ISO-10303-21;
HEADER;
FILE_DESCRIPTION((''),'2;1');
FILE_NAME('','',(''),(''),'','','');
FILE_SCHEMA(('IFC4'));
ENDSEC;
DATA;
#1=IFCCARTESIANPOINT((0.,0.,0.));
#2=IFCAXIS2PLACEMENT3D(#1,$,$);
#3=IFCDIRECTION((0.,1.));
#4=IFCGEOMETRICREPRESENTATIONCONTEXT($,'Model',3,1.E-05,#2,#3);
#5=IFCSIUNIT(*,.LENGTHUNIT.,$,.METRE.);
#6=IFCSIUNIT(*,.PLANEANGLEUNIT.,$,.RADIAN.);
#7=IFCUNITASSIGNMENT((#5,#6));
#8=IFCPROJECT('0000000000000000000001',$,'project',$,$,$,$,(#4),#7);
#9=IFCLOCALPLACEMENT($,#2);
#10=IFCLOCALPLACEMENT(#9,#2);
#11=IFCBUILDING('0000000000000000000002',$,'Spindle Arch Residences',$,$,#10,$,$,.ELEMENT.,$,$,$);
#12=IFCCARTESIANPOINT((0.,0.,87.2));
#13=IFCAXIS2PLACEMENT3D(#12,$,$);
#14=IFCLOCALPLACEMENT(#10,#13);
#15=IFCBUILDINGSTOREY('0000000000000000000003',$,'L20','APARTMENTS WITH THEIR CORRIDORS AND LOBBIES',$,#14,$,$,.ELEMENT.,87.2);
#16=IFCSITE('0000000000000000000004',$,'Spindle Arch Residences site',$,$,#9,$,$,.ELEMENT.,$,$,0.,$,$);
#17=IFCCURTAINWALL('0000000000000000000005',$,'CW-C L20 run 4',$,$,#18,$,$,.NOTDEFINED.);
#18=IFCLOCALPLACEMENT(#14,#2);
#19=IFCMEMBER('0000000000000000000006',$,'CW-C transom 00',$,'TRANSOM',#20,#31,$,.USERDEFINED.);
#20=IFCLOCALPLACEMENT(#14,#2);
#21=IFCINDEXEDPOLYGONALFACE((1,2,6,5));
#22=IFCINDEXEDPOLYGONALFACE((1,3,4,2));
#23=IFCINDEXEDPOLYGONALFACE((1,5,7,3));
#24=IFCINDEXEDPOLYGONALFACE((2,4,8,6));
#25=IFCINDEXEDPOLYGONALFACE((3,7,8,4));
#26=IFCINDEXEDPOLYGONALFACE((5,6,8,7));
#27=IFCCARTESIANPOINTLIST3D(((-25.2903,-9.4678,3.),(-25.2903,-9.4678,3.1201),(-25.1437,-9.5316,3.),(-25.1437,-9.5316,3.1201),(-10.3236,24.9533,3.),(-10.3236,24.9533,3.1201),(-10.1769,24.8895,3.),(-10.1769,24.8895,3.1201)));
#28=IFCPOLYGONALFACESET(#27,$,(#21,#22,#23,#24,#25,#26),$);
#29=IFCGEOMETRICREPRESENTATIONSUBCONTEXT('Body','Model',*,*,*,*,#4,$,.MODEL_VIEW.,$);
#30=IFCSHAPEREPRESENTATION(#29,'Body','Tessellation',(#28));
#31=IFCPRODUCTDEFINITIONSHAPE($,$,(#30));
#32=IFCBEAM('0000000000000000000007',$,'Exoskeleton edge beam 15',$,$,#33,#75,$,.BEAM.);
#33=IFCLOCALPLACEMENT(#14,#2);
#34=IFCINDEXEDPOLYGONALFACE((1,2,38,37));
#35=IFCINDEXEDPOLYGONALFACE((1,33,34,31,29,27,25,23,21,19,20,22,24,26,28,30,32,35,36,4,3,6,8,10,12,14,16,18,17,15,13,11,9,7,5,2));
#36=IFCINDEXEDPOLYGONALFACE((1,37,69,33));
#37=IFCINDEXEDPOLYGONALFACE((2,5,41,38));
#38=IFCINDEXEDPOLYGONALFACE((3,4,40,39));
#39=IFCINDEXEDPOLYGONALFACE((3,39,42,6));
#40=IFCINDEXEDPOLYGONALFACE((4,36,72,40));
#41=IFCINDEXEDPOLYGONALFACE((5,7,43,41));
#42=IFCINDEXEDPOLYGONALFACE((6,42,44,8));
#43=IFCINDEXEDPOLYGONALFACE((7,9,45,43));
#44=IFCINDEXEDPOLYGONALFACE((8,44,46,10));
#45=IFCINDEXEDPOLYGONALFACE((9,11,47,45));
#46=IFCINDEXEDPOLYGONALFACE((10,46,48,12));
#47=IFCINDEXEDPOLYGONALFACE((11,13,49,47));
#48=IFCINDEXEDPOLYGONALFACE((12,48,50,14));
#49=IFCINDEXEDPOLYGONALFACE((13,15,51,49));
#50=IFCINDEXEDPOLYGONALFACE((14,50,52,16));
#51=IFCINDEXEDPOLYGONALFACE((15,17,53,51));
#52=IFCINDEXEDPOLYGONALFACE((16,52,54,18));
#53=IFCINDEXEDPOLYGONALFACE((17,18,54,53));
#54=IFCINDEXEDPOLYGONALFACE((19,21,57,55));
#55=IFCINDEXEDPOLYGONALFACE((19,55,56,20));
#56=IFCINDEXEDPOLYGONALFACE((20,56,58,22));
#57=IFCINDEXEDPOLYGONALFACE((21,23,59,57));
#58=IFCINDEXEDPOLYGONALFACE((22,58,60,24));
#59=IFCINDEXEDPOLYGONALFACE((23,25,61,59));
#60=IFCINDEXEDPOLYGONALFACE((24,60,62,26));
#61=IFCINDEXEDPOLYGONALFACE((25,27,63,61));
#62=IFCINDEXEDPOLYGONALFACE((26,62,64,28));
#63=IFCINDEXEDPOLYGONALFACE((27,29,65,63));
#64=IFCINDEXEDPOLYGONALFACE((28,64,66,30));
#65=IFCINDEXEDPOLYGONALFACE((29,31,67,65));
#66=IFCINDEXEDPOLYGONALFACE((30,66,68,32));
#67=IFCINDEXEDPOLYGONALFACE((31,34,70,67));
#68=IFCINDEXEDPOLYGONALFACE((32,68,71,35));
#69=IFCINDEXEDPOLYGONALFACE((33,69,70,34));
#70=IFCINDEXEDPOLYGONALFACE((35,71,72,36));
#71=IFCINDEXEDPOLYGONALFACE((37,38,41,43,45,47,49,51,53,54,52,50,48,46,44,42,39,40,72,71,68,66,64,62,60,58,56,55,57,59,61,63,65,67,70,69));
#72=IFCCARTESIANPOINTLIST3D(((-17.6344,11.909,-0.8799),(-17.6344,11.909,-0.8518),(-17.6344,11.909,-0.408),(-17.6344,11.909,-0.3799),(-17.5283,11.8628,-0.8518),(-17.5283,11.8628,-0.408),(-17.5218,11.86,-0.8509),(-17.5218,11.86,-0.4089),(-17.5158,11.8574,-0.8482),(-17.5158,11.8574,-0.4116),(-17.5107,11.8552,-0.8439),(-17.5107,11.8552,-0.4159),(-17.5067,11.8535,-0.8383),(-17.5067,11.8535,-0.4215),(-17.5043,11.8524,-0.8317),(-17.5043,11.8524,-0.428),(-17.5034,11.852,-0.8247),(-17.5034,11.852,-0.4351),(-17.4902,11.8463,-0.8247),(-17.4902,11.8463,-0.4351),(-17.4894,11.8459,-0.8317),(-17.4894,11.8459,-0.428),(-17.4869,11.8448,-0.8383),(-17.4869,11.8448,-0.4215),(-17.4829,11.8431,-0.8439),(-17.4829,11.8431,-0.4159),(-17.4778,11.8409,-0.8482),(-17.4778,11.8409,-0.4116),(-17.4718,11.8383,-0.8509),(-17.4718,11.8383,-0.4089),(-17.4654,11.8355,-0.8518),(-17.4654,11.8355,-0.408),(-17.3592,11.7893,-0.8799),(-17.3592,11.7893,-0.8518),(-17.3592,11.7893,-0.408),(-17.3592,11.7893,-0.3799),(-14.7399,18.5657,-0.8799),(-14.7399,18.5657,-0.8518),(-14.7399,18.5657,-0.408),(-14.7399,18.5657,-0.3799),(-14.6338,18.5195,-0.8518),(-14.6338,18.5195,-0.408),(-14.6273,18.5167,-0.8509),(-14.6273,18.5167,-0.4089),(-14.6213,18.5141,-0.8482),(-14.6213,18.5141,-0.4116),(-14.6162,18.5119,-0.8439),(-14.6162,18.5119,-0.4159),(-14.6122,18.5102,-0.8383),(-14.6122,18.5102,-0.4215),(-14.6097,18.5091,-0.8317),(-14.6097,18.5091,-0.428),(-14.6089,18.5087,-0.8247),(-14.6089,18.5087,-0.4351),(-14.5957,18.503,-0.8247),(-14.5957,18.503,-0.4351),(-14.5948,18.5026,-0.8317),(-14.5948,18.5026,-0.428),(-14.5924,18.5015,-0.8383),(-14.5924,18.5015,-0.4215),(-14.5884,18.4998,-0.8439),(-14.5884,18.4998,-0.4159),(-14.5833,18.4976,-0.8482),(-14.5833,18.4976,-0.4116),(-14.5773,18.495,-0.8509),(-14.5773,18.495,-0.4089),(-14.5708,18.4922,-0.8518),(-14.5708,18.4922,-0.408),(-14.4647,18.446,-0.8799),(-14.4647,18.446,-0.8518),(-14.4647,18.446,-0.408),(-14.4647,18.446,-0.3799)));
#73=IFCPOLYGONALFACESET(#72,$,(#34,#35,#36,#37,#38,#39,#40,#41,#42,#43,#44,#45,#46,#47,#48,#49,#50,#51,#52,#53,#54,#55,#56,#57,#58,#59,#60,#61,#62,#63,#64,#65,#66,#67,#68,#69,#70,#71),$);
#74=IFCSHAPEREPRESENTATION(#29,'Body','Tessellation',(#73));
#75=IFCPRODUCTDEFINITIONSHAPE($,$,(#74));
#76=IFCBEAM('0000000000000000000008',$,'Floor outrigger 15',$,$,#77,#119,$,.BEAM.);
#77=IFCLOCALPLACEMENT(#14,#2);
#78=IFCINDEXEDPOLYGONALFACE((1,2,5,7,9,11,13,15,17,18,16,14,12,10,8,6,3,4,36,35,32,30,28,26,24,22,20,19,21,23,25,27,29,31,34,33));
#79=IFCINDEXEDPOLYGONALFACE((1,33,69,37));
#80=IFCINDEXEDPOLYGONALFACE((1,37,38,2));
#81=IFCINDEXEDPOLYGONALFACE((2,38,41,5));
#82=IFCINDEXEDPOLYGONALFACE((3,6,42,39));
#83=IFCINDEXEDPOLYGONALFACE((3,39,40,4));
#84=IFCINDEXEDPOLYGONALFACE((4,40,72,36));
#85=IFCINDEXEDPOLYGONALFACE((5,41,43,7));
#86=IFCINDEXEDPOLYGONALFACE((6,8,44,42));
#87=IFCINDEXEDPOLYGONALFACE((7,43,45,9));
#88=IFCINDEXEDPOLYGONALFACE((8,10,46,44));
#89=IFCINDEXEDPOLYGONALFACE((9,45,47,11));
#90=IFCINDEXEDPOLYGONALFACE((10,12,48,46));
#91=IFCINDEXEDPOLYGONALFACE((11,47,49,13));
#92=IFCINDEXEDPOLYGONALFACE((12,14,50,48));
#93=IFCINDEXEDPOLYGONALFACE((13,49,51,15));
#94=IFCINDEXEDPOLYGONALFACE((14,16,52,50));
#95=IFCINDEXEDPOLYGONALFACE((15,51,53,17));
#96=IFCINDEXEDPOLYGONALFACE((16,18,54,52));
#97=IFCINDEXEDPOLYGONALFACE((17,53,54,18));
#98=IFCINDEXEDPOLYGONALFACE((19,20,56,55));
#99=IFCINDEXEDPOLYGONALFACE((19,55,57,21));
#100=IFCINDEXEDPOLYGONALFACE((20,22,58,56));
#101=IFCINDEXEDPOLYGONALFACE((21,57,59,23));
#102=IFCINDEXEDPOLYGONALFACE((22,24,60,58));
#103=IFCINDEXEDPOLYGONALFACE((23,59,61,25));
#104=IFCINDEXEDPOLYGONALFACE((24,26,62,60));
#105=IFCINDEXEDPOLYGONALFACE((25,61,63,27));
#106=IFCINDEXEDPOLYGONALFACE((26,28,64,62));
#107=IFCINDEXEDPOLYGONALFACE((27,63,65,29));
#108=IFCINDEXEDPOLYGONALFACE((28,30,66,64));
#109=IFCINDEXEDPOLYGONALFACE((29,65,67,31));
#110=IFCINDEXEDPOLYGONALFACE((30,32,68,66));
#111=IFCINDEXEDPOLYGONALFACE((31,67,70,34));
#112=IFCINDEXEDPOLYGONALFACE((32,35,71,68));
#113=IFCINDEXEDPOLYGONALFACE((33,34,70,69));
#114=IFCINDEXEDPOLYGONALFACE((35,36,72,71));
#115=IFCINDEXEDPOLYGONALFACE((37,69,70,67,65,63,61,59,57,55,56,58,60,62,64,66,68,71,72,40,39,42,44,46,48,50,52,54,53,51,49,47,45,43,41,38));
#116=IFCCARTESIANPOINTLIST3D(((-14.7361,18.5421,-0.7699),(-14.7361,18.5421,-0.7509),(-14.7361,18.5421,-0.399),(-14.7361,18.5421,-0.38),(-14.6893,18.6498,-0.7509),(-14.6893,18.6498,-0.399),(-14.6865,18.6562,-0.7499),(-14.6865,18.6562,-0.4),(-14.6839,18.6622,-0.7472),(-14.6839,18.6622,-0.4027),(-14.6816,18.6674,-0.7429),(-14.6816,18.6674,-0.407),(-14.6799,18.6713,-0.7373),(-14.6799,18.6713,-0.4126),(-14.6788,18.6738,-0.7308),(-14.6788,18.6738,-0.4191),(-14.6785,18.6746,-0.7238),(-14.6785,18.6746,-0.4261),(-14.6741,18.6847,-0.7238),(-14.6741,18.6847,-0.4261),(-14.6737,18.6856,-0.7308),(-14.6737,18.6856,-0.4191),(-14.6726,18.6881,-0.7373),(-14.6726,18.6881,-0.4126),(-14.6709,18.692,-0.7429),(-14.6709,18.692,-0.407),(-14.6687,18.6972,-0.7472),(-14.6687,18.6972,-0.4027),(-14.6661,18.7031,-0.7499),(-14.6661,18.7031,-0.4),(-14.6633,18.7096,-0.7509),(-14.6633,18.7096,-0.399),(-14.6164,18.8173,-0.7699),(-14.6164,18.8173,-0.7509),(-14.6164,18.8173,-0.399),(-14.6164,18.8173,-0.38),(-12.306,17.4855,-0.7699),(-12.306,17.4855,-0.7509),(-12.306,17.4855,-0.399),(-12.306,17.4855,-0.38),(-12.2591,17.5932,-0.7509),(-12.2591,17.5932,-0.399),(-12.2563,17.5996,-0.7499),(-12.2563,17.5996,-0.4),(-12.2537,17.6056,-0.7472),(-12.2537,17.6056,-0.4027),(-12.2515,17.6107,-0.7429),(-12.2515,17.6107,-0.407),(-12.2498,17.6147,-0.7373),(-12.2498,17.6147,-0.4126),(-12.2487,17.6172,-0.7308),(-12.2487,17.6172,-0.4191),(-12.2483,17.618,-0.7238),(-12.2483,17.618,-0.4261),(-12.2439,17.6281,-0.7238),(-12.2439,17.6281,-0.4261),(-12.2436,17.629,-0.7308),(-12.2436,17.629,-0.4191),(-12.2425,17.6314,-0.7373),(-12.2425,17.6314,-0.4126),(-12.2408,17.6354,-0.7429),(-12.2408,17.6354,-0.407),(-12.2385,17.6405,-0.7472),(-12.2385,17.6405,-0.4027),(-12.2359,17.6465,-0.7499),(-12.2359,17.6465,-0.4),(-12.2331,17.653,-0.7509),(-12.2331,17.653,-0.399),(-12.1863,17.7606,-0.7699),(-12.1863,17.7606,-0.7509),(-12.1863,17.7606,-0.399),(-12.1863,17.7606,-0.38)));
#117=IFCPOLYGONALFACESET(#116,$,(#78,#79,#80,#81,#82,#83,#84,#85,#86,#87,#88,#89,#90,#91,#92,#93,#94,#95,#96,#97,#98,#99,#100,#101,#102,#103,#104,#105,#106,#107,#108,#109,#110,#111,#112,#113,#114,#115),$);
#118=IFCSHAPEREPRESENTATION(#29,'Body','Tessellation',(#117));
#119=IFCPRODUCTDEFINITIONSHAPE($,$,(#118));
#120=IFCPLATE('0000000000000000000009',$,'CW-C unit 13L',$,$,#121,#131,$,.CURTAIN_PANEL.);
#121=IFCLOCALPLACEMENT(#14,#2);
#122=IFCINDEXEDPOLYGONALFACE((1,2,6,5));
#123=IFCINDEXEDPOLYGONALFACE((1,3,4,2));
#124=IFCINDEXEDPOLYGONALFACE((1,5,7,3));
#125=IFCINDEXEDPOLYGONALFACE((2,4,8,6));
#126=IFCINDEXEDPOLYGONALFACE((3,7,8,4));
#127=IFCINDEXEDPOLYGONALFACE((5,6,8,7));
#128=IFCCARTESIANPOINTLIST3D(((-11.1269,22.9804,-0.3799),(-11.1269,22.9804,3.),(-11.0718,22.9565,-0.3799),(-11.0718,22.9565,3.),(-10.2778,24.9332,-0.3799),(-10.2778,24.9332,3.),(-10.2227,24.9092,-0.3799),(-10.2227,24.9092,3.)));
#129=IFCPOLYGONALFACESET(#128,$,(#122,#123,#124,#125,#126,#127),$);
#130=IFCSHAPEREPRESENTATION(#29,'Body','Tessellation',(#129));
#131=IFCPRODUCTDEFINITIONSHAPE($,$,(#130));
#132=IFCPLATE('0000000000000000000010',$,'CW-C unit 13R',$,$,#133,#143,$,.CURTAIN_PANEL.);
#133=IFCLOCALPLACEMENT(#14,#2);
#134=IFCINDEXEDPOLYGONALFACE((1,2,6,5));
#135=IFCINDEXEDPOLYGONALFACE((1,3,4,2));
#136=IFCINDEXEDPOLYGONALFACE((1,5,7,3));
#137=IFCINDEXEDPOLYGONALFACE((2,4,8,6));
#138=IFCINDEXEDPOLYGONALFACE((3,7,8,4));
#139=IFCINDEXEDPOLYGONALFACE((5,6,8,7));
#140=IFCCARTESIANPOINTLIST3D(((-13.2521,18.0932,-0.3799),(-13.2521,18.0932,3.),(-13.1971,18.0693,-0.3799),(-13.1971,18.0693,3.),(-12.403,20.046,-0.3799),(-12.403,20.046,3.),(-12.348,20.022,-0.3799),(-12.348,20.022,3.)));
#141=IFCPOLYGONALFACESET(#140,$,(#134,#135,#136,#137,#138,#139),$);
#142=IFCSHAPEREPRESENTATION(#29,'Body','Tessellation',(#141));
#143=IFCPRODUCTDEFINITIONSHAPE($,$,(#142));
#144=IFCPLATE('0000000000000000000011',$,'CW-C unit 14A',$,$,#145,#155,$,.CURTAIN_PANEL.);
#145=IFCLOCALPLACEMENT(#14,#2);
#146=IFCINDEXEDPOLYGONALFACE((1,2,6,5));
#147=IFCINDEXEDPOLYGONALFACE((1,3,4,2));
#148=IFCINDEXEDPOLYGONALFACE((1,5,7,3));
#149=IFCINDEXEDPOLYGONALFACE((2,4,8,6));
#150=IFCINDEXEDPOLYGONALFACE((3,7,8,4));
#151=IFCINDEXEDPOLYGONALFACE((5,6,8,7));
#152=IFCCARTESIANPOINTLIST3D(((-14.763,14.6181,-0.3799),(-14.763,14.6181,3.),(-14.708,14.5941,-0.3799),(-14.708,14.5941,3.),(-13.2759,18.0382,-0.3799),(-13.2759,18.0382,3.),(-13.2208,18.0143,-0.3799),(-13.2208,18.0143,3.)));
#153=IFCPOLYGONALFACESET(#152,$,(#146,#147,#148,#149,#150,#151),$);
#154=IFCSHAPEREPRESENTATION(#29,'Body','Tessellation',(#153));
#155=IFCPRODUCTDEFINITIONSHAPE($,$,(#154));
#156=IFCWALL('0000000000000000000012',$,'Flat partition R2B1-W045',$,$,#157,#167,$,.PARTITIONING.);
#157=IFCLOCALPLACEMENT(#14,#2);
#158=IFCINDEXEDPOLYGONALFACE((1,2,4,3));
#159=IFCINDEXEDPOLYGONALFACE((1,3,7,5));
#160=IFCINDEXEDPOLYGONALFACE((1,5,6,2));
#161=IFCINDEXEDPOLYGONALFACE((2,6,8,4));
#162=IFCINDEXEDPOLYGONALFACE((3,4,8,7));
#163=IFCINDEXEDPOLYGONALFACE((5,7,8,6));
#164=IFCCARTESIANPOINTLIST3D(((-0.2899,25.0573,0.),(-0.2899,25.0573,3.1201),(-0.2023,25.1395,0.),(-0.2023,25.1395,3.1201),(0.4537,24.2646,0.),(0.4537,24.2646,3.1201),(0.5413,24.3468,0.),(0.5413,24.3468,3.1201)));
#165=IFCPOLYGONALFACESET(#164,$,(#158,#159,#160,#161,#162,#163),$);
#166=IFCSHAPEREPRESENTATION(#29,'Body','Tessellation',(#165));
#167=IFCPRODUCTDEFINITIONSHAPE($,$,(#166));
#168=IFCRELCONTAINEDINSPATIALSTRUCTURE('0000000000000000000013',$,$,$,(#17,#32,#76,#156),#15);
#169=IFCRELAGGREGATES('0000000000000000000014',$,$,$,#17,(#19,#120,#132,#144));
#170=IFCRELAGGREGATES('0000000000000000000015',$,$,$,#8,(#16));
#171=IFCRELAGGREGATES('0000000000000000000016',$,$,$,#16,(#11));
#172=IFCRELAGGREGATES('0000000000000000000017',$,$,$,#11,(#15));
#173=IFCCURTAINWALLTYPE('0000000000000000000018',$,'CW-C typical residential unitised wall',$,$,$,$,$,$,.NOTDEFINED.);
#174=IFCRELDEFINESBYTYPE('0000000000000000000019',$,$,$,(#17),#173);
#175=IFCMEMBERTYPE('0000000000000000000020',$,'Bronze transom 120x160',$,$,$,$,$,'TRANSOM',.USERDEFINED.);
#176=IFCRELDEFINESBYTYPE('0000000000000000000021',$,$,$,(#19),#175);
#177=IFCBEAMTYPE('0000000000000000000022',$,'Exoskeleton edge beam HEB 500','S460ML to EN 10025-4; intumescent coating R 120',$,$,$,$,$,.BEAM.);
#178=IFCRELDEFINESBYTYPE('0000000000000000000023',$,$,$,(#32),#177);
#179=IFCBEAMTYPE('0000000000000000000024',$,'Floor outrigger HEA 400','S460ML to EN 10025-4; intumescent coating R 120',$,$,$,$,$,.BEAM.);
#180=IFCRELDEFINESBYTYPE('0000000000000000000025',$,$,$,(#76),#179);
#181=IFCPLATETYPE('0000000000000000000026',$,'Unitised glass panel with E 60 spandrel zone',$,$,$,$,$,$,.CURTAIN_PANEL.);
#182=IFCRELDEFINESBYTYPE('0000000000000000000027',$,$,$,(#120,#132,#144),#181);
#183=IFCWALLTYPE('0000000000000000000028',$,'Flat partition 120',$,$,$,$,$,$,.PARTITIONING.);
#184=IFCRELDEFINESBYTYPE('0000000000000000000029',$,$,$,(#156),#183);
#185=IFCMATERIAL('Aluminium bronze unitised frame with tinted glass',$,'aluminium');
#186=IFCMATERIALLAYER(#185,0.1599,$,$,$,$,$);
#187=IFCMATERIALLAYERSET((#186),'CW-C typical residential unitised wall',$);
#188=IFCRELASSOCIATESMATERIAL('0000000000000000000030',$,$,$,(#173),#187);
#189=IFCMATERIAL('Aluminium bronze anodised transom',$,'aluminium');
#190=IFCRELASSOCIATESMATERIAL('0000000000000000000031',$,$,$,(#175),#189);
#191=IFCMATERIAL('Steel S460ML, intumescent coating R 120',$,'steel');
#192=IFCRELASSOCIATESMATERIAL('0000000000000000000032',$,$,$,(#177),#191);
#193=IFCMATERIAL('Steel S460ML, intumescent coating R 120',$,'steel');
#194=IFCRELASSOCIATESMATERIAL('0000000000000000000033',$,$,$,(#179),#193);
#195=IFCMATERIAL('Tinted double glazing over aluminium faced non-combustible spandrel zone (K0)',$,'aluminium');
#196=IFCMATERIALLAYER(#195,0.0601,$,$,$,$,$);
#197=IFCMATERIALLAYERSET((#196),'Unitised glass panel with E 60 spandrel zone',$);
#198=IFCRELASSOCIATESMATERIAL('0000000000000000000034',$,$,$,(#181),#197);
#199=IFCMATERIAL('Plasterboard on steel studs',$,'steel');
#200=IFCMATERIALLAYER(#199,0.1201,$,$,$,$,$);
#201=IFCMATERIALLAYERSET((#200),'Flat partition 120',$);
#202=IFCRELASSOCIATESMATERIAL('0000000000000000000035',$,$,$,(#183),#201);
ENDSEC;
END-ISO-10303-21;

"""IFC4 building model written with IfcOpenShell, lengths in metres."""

from ifc_helpers import new_model, si_unit, direction, frame, frame_2d, origin, origin_2d, place, context, subcontext, project, spatial, rectangle, i_section, extrude, material, layer, layer_set, material_profile, profile_set, type_object, element, aggregate, save


model = new_model("IFC4")

# Units and contexts
model_context = context("Model", 3, precision=1e-05, world=origin(), true_north=direction((0.0, 1.0)))
body_context = subcontext(model_context, "Body", "Model", "MODEL_VIEW")
ifc_project = project(units=[si_unit("LENGTHUNIT", "METRE"), si_unit("PLANEANGLEUNIT", "RADIAN")], contexts=[model_context])

# Site, building, storey
site_placement = place(None, origin())
site = spatial("IfcSite", under=ifc_project, at=site_placement, Name="Spindle Arch Residences site", CompositionType="ELEMENT", RefElevation=0.0)
building_placement = place(site_placement, origin())
building = spatial("IfcBuilding", under=site, at=building_placement, Name="Spindle Arch Residences", CompositionType="ELEMENT")
storey_placement = place(building_placement, frame((0.0, 0.0, 87.2)))
storey = spatial("IfcBuildingStorey", under=building, at=storey_placement, Name="L20", Description="APARTMENTS WITH THEIR CORRIDORS AND LOBBIES", CompositionType="ELEMENT", Elevation=87.2)

# Curtain wall, member
ifc_material_1 = material(Name="Aluminium bronze unitised frame with tinted glass", Category="aluminium")
ifc_layer_1 = layer(ifc_material_1, 0.1599)
ifc_layer_set_1 = layer_set([ifc_layer_1], Name="CW-C typical residential unitised wall")
curtain_wall_type = type_object("IfcCurtainWallType", Name="CW-C typical residential unitised wall", PredefinedType="NOTDEFINED", material=ifc_layer_set_1)
curtain_wall_placement = place(storey_placement, origin())
curtain_wall = element("IfcCurtainWall", 1, at=curtain_wall_placement, inside=storey, type_object=curtain_wall_type, Name="CW-C L20 run 4", PredefinedType="NOTDEFINED")
ifc_material_2 = material(Name="Aluminium bronze anodised transom", Category="aluminium")
ifc_material_profile_1 = material_profile(ifc_material_2, rectangle(XDim=0.1599, YDim=0.1201, at=origin_2d()), Name="TR 120x160")
ifc_profile_set_1 = profile_set([ifc_material_profile_1], Name="Aluminium bronze anodised transom")
member_type_1 = type_object("IfcMemberType", Name="Bronze transom 120x160", ElementType="TRANSOM", PredefinedType="USERDEFINED", material=ifc_profile_set_1)
member_1_placement = place(storey_placement, frame((-10.2502, 24.9214, 3.0601), z_axis=(-0.39875, -0.91706, 0.0), x_axis=(0.91706, -0.39875, 0.0)))
member_1 = element("IfcMember", 2, at=member_1_placement, type_object=member_type_1, Name="CW-C transom 00", ObjectType="TRANSOM", PredefinedType="USERDEFINED", context=body_context, shape_type="SweptSolid", body=[
    extrude(rectangle(XDim=0.1599, YDim=0.1201, at=origin_2d()), origin(), (0.0, 0.0, 1.0), 37.5342),
])

# Beams
ifc_material_3 = material(Name="Steel S460ML, intumescent coating R 120", Category="steel")
ifc_material_profile_2 = material_profile(ifc_material_3, i_section(OverallWidth=0.3, OverallDepth=0.5, WebThickness=0.0144, FlangeThickness=0.0281, FilletRadius=0.0271, at=origin_2d()), Name="HEB 500")
ifc_profile_set_2 = profile_set([ifc_material_profile_2], Name="Steel S460ML, intumescent coating R 120")
beam_type_1 = type_object("IfcBeamType", Name="Exoskeleton edge beam HEB 500", Description="S460ML to EN 10025-4; intumescent coating R 120", PredefinedType="BEAM", material=ifc_profile_set_2)
beam_1_placement = place(storey_placement, frame((-14.6023, 18.5059, -0.6299), z_axis=(-0.398761, -0.917055, 0.0), x_axis=(0.917055, -0.398761, 0.0)))
element("IfcBeam", 3, at=beam_1_placement, inside=storey, type_object=beam_type_1, Name="Exoskeleton edge beam 15", PredefinedType="BEAM", context=body_context, shape_type="SweptSolid", body=[
    extrude(i_section(OverallWidth=0.3, OverallDepth=0.5, WebThickness=0.0144, FlangeThickness=0.0281, FilletRadius=0.0271, at=origin_2d()), origin(), (0.0, 0.0, 1.0), 7.2588),
])
ifc_material_4 = material(Name="Steel S460ML, intumescent coating R 120", Category="steel")
ifc_material_profile_3 = material_profile(ifc_material_4, i_section(OverallWidth=0.3, OverallDepth=0.3899, WebThickness=0.011, FlangeThickness=0.019, FilletRadius=0.0271, at=origin_2d()), Name="HEA 400")
ifc_profile_set_3 = profile_set([ifc_material_profile_3], Name="Steel S460ML, intumescent coating R 120")
beam_type_2 = type_object("IfcBeamType", Name="Floor outrigger HEA 400", Description="S460ML to EN 10025-4; intumescent coating R 120", PredefinedType="BEAM", material=ifc_profile_set_3)
beam_2_placement = place(storey_placement, frame((-14.6763, 18.6797, -0.575), z_axis=(0.917064, -0.39874, 0.0), x_axis=(0.39874, 0.917064, 0.0)))
element("IfcBeam", 4, at=beam_2_placement, inside=storey, type_object=beam_type_2, Name="Floor outrigger 15", PredefinedType="BEAM", context=body_context, shape_type="SweptSolid", body=[
    extrude(i_section(OverallWidth=0.3, OverallDepth=0.3899, WebThickness=0.011, FlangeThickness=0.019, FilletRadius=0.0271, at=origin_2d()), origin(), (0.0, 0.0, 1.0), 2.6499),
])

# Plates
ifc_material_5 = material(Name="Tinted double glazing over aluminium faced non-combustible spandrel zone (K0)", Category="aluminium")
ifc_layer_2 = layer(ifc_material_5, 0.0601)
ifc_layer_set_2 = layer_set([ifc_layer_2], Name="Unitised glass panel with E 60 spandrel zone")
plate_type = type_object("IfcPlateType", Name="Unitised glass panel with E 60 spandrel zone", PredefinedType="CURTAIN_PANEL", material=ifc_layer_set_2)
plate_1_placement = place(storey_placement, frame((-10.6748, 23.9448, -0.3799), z_axis=(0.0, 0.0, 1.0), x_axis=(-0.398749, -0.91706, 0.0)))
plate_1 = element("IfcPlate", 5, at=plate_1_placement, type_object=plate_type, Name="CW-C unit 13L", PredefinedType="CURTAIN_PANEL", context=body_context, shape_type="SweptSolid", body=[
    extrude(rectangle(XDim=2.1294, YDim=0.0601, at=origin_2d()), origin(), (0.0, 0.0, 1.0), 3.3799),
])
plate_2_placement = place(storey_placement, frame((-12.8, 19.0576, -0.3799), z_axis=(0.0, 0.0, 1.0), x_axis=(-0.398749, -0.91706, 0.0)))
plate_2 = element("IfcPlate", 6, at=plate_2_placement, type_object=plate_type, Name="CW-C unit 13R", PredefinedType="CURTAIN_PANEL", context=body_context, shape_type="SweptSolid", body=[
    extrude(rectangle(XDim=2.1294, YDim=0.0601, at=origin_2d()), origin(), (0.0, 0.0, 1.0), 3.3799),
])
plate_3_placement = place(storey_placement, frame((-13.9919, 16.3162, -0.3799), z_axis=(0.0, 0.0, 1.0), x_axis=(-0.398749, -0.91706, 0.0)))
plate_3 = element("IfcPlate", 7, at=plate_3_placement, type_object=plate_type, Name="CW-C unit 14A", PredefinedType="CURTAIN_PANEL", context=body_context, shape_type="SweptSolid", body=[
    extrude(rectangle(XDim=3.7295, YDim=0.0601, at=origin_2d()), origin(), (0.0, 0.0, 1.0), 3.3799),
])
aggregate(curtain_wall, [member_1, plate_1, plate_2, plate_3])

# Wall
ifc_material_6 = material(Name="Plasterboard on steel studs", Category="steel")
ifc_layer_3 = layer(ifc_material_6, 0.1201)
ifc_layer_set_3 = layer_set([ifc_layer_3], Name="Flat partition 120")
wall_type_1 = type_object("IfcWallType", Name="Flat partition 120", PredefinedType="PARTITIONING", material=ifc_layer_set_3)
wall_1_placement = place(storey_placement, frame((-0.2461, 25.0984, 0.0), z_axis=(0.0, 0.0, 1.0), x_axis=(0.684173, -0.72932, 0.0)))
element("IfcWall", 8, at=wall_1_placement, inside=storey, type_object=wall_type_1, Name="Flat partition R2B1-W045", PredefinedType="PARTITIONING", context=body_context, shape_type="SweptSolid", body=[
    extrude(rectangle(XDim=1.0869, YDim=0.1201, at=frame_2d((0.5435, 0.0))), origin(), (0.0, 0.0, 1.0), 3.1201),
])

save(model, "model.ifc")
